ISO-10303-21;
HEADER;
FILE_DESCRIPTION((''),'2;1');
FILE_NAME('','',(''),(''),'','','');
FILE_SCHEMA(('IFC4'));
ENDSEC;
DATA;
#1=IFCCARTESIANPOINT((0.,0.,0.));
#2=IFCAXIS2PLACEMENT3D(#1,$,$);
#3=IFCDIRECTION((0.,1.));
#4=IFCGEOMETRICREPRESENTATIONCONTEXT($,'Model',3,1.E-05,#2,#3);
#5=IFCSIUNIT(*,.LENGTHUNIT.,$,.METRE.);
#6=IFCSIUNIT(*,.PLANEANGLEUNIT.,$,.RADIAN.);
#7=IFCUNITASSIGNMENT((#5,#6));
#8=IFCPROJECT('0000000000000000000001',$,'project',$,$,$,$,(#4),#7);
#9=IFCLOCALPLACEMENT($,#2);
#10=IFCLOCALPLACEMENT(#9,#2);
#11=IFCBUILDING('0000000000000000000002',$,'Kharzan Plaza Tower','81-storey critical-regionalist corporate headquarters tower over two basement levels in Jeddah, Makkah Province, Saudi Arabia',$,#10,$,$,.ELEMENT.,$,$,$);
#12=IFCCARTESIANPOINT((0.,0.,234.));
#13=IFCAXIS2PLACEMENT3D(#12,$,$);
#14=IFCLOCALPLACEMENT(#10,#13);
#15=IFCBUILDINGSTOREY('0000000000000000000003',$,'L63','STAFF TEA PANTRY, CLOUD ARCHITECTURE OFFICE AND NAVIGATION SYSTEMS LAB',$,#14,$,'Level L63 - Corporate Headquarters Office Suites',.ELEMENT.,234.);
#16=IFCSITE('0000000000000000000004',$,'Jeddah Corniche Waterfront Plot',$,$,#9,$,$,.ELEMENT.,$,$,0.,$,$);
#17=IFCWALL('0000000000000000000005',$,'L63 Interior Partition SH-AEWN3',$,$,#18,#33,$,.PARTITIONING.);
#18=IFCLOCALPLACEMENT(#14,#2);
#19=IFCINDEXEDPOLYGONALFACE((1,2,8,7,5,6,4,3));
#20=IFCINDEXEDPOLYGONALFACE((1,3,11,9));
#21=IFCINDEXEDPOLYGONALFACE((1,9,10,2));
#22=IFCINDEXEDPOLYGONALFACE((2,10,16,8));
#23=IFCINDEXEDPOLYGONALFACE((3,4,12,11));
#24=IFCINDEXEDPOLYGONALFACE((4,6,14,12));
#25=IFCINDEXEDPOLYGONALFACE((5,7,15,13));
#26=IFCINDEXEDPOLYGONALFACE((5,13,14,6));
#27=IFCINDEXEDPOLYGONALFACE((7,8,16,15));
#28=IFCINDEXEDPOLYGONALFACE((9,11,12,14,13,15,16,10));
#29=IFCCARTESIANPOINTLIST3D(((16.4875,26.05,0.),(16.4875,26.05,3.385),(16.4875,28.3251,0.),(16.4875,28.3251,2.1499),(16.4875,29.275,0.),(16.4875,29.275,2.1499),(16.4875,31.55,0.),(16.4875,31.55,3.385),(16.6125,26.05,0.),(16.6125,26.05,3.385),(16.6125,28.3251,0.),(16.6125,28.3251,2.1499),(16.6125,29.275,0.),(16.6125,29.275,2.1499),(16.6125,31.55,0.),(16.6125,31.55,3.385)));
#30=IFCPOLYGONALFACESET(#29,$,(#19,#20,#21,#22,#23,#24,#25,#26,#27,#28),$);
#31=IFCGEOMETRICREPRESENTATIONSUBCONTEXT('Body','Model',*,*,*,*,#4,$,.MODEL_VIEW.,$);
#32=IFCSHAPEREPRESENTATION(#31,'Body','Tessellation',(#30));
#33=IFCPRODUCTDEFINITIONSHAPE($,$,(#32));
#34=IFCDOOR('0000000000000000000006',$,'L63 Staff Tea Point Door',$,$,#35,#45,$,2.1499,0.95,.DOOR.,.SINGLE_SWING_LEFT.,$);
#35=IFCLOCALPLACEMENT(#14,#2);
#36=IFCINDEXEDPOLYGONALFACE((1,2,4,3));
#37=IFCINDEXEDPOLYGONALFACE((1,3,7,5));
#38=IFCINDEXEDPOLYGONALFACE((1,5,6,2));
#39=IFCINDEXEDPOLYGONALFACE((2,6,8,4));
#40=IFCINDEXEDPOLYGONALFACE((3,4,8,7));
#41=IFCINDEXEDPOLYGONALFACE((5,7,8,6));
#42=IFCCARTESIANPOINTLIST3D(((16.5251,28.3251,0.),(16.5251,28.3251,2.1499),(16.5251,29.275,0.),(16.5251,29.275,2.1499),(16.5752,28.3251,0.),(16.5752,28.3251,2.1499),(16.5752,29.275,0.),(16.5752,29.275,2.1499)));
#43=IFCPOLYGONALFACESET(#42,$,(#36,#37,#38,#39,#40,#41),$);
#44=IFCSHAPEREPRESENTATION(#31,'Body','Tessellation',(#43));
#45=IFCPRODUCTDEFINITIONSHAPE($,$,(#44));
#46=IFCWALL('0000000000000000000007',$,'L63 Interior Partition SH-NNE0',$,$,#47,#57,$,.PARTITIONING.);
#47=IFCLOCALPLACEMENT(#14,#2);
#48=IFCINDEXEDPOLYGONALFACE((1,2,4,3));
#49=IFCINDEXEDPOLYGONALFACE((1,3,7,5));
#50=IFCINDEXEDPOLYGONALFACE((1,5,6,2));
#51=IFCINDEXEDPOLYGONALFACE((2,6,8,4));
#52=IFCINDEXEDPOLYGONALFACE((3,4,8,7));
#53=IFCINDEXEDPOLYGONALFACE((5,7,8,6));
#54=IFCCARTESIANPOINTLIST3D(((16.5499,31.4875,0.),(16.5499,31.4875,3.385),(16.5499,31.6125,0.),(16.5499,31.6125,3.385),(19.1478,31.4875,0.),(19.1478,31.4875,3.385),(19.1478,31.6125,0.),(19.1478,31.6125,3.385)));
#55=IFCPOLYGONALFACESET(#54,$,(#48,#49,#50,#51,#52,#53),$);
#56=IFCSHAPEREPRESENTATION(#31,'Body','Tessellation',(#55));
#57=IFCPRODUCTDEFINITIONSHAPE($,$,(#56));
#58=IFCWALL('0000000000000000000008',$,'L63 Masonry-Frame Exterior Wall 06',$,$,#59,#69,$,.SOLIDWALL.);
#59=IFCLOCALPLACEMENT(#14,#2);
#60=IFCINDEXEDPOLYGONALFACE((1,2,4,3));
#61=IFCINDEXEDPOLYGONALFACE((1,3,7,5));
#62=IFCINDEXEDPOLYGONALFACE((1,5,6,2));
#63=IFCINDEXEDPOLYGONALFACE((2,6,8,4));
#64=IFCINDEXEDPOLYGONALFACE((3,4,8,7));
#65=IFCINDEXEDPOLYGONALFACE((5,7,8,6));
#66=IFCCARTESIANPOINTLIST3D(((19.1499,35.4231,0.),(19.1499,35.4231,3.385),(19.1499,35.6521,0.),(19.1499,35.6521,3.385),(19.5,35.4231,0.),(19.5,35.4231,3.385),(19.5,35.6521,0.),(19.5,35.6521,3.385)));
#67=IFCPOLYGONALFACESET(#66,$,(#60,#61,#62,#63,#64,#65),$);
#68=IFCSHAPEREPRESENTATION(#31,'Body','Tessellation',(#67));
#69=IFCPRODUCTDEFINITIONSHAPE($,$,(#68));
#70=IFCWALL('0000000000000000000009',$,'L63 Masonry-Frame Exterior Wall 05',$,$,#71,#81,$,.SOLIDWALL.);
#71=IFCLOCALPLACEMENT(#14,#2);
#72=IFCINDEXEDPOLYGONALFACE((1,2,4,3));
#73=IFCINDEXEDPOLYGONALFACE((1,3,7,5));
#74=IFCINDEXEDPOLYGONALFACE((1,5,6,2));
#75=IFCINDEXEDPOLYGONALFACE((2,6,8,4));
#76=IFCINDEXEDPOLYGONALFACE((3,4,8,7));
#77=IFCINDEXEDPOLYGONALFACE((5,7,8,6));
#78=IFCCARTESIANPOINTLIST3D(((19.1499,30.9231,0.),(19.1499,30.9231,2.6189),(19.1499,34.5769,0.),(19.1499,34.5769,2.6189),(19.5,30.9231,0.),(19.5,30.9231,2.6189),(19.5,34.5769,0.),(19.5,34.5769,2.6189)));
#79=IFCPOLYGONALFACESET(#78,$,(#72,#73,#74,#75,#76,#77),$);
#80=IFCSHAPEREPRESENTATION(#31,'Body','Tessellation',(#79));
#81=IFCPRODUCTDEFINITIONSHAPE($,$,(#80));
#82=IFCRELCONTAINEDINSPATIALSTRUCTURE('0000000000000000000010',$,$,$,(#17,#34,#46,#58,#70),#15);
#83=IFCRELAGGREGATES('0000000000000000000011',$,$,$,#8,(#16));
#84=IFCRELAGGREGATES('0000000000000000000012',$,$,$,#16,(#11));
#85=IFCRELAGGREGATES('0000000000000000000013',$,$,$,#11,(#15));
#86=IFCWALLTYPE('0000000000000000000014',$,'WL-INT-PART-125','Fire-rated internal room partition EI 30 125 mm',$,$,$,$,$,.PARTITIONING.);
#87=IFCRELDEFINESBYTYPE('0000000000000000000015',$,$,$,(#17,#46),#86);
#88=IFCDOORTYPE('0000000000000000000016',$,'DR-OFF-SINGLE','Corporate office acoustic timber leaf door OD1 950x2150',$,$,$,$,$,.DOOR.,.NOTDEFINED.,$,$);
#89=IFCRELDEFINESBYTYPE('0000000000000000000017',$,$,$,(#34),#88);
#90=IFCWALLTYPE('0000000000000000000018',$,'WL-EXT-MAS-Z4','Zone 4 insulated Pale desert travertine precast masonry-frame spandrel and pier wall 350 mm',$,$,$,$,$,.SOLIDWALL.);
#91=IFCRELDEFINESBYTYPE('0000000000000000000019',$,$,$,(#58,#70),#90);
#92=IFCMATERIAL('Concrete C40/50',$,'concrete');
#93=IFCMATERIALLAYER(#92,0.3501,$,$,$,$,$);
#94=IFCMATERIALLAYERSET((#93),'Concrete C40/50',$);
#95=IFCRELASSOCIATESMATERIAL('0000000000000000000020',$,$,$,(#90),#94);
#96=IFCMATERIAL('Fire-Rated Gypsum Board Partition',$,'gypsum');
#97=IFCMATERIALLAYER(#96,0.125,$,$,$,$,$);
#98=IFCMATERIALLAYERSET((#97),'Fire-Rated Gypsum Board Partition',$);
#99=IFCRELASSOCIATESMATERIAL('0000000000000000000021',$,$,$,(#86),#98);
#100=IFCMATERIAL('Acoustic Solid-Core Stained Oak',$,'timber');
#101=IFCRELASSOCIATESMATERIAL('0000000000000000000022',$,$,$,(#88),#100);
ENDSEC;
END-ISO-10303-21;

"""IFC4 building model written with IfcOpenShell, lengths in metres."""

from ifc_helpers import new_model, si_unit, direction, frame, frame_2d, origin, place, context, subcontext, project, spatial, rectangle, extrude, source, transform, mapped, material, layer, layer_set, type_object, element, fill, save


model = new_model("IFC4")

# Units and contexts
model_context = context("Model", 3, precision=1e-05, world=origin(), true_north=direction((0.0, 1.0)))
body_context = subcontext(model_context, "Body", "Model", "MODEL_VIEW")
ifc_project = project(units=[si_unit("LENGTHUNIT", "METRE"), si_unit("PLANEANGLEUNIT", "RADIAN")], contexts=[model_context])

# Site, building, storey
site_placement = place(None, origin())
site = spatial("IfcSite", under=ifc_project, at=site_placement, Name="Jeddah Corniche Waterfront Plot", CompositionType="ELEMENT", RefElevation=0.0)
building_placement = place(site_placement, origin())
building = spatial("IfcBuilding", under=site, at=building_placement, Name="Kharzan Plaza Tower", Description="81-storey critical-regionalist corporate headquarters tower over two basement levels in Jeddah, Makkah Province, Saudi Arabia", CompositionType="ELEMENT")
storey_placement = place(building_placement, frame((0.0, 0.0, 234.0)))
storey = spatial("IfcBuildingStorey", under=building, at=storey_placement, Name="L63", Description="STAFF TEA PANTRY, CLOUD ARCHITECTURE OFFICE AND NAVIGATION SYSTEMS LAB", LongName="Level L63 - Corporate Headquarters Office Suites", CompositionType="ELEMENT", Elevation=234.0)

# Shared definitions
ifc_material_1 = material(Name="Concrete C40/50", Category="concrete")
ifc_layer_1 = layer(ifc_material_1, 0.3501)
ifc_layer_set_1 = layer_set([ifc_layer_1], Name="Concrete C40/50")
wall_type_1 = type_object("IfcWallType", Name="WL-EXT-MAS-Z4", Description="Zone 4 insulated Pale desert travertine precast masonry-frame spandrel and pier wall 350 mm", PredefinedType="SOLIDWALL", material=ifc_layer_set_1)

# Wall, opening, door
ifc_material_2 = material(Name="Fire-Rated Gypsum Board Partition", Category="gypsum")
ifc_layer_2 = layer(ifc_material_2, 0.125)
ifc_layer_set_2 = layer_set([ifc_layer_2], Name="Fire-Rated Gypsum Board Partition")
wall_type_2 = type_object("IfcWallType", Name="WL-INT-PART-125", Description="Fire-rated internal room partition EI 30 125 mm", PredefinedType="PARTITIONING", material=ifc_layer_set_2)
wall_1_placement = place(storey_placement, frame((16.55, 26.05, 0.0), z_axis=(0.0, 0.0, 1.0), x_axis=(0.0, 1.0, 0.0)))
wall_1 = element("IfcWall", 1, at=wall_1_placement, inside=storey, type_object=wall_type_2, Name="L63 Interior Partition SH-AEWN3", PredefinedType="PARTITIONING", context=body_context, shape_type="SweptSolid", body=[
    extrude(rectangle(XDim=5.5, YDim=0.125, at=frame_2d((2.75, 0.0))), origin(), (0.0, 0.0, 1.0), 3.385),
])
opening_1_placement = place(wall_1_placement, frame((2.2749, 0.0, 0.0)))
opening_1 = element("IfcOpeningElement", 2, at=opening_1_placement, cuts=wall_1, PredefinedType="OPENING", context=body_context, shape_type="SweptSolid", body=[
    extrude(rectangle(XDim=0.95, YDim=2.1499, at=frame_2d((0.4751, 1.075))), frame((0.0, 0.0725, 0.0), z_axis=(0.0, -1.0, 0.0), x_axis=(1.0, 0.0, 0.0)), (0.0, 0.0, 1.0), 0.145),
])
ifc_material_3 = material(Name="Acoustic Solid-Core Stained Oak", Category="timber")
door_type_1 = type_object("IfcDoorType", Name="DR-OFF-SINGLE", Description="Corporate office acoustic timber leaf door OD1 950x2150", OperationType="NOTDEFINED", PredefinedType="DOOR", material=ifc_material_3)
shared_shape_1 = source(origin(), body_context, "Body", "SweptSolid", [
    extrude(rectangle(XDim=0.95, YDim=2.1499, at=frame_2d((0.4751, 1.075))), frame((0.0, 0.0249, 0.0), z_axis=(0.0, -1.0, 0.0), x_axis=(1.0, 0.0, 0.0)), (0.0, 0.0, 1.0), 0.05),
])
door_1_placement = place(opening_1_placement, origin())
door_1 = element("IfcDoor", 3, at=door_1_placement, inside=storey, type_object=door_type_1, Name="L63 Staff Tea Point Door", OperationType="SINGLE_SWING_LEFT", OverallHeight=2.1499, OverallWidth=0.95, PredefinedType="DOOR", context=body_context, shape_type="MappedRepresentation", body=[
    mapped(shared_shape_1, transform((0.0, 0.0, 0.0), x_axis=(1.0, 0.0, 0.0), y_axis=(0.0, 1.0, 0.0), z_axis=(0.0, 0.0, 1.0))),
])
fill(opening_1, door_1)

# Walls
shared_shape_2 = source(origin(), body_context, "Body", "SweptSolid", [
    extrude(rectangle(XDim=2.5979, YDim=0.125, at=frame_2d((1.2988, 0.0))), origin(), (0.0, 0.0, 1.0), 3.385),
])
wall_2_placement = place(storey_placement, frame((16.55, 31.55, 0.0), z_axis=(0.0, 0.0, 1.0), x_axis=(1.0, 0.0, 0.0)))
element("IfcWall", 4, at=wall_2_placement, inside=storey, type_object=wall_type_2, Name="L63 Interior Partition SH-NNE0", PredefinedType="PARTITIONING", context=body_context, shape_type="MappedRepresentation", body=[
    mapped(shared_shape_2, transform((0.0, 0.0, 0.0), x_axis=(1.0, 0.0, 0.0), y_axis=(0.0, 1.0, 0.0), z_axis=(0.0, 0.0, 1.0))),
])
shared_shape_3 = source(origin(), body_context, "Body", "SweptSolid", [
    extrude(rectangle(XDim=0.229, YDim=0.3501, at=frame_2d((0.1145, 0.0))), origin(), (0.0, 0.0, 1.0), 3.385),
])
wall_3_placement = place(storey_placement, frame((19.325, 35.4231, 0.0), z_axis=(0.0, 0.0, 1.0), x_axis=(0.0, 1.0, 0.0)))
element("IfcWall", 5, at=wall_3_placement, inside=storey, type_object=wall_type_1, Name="L63 Masonry-Frame Exterior Wall 06", PredefinedType="SOLIDWALL", context=body_context, shape_type="MappedRepresentation", body=[
    mapped(shared_shape_3, transform((0.0, 0.0, 0.0), x_axis=(1.0, 0.0, 0.0), y_axis=(0.0, 1.0, 0.0), z_axis=(0.0, 0.0, 1.0))),
])
shared_shape_4 = source(origin(), body_context, "Body", "SweptSolid", [
    extrude(rectangle(XDim=3.6538, YDim=0.3501, at=frame_2d((1.8269, 0.0))), origin(), (0.0, 0.0, 1.0), 2.6189),
])
wall_4_placement = place(storey_placement, frame((19.325, 30.9231, 0.0), z_axis=(0.0, 0.0, 1.0), x_axis=(0.0, 1.0, 0.0)))
element("IfcWall", 6, at=wall_4_placement, inside=storey, type_object=wall_type_1, Name="L63 Masonry-Frame Exterior Wall 05", PredefinedType="SOLIDWALL", context=body_context, shape_type="MappedRepresentation", body=[
    mapped(shared_shape_4, transform((0.0, 0.0, 0.0), x_axis=(1.0, 0.0, 0.0), y_axis=(0.0, 1.0, 0.0), z_axis=(0.0, 0.0, 1.0))),
])

save(model, "model.ifc")
